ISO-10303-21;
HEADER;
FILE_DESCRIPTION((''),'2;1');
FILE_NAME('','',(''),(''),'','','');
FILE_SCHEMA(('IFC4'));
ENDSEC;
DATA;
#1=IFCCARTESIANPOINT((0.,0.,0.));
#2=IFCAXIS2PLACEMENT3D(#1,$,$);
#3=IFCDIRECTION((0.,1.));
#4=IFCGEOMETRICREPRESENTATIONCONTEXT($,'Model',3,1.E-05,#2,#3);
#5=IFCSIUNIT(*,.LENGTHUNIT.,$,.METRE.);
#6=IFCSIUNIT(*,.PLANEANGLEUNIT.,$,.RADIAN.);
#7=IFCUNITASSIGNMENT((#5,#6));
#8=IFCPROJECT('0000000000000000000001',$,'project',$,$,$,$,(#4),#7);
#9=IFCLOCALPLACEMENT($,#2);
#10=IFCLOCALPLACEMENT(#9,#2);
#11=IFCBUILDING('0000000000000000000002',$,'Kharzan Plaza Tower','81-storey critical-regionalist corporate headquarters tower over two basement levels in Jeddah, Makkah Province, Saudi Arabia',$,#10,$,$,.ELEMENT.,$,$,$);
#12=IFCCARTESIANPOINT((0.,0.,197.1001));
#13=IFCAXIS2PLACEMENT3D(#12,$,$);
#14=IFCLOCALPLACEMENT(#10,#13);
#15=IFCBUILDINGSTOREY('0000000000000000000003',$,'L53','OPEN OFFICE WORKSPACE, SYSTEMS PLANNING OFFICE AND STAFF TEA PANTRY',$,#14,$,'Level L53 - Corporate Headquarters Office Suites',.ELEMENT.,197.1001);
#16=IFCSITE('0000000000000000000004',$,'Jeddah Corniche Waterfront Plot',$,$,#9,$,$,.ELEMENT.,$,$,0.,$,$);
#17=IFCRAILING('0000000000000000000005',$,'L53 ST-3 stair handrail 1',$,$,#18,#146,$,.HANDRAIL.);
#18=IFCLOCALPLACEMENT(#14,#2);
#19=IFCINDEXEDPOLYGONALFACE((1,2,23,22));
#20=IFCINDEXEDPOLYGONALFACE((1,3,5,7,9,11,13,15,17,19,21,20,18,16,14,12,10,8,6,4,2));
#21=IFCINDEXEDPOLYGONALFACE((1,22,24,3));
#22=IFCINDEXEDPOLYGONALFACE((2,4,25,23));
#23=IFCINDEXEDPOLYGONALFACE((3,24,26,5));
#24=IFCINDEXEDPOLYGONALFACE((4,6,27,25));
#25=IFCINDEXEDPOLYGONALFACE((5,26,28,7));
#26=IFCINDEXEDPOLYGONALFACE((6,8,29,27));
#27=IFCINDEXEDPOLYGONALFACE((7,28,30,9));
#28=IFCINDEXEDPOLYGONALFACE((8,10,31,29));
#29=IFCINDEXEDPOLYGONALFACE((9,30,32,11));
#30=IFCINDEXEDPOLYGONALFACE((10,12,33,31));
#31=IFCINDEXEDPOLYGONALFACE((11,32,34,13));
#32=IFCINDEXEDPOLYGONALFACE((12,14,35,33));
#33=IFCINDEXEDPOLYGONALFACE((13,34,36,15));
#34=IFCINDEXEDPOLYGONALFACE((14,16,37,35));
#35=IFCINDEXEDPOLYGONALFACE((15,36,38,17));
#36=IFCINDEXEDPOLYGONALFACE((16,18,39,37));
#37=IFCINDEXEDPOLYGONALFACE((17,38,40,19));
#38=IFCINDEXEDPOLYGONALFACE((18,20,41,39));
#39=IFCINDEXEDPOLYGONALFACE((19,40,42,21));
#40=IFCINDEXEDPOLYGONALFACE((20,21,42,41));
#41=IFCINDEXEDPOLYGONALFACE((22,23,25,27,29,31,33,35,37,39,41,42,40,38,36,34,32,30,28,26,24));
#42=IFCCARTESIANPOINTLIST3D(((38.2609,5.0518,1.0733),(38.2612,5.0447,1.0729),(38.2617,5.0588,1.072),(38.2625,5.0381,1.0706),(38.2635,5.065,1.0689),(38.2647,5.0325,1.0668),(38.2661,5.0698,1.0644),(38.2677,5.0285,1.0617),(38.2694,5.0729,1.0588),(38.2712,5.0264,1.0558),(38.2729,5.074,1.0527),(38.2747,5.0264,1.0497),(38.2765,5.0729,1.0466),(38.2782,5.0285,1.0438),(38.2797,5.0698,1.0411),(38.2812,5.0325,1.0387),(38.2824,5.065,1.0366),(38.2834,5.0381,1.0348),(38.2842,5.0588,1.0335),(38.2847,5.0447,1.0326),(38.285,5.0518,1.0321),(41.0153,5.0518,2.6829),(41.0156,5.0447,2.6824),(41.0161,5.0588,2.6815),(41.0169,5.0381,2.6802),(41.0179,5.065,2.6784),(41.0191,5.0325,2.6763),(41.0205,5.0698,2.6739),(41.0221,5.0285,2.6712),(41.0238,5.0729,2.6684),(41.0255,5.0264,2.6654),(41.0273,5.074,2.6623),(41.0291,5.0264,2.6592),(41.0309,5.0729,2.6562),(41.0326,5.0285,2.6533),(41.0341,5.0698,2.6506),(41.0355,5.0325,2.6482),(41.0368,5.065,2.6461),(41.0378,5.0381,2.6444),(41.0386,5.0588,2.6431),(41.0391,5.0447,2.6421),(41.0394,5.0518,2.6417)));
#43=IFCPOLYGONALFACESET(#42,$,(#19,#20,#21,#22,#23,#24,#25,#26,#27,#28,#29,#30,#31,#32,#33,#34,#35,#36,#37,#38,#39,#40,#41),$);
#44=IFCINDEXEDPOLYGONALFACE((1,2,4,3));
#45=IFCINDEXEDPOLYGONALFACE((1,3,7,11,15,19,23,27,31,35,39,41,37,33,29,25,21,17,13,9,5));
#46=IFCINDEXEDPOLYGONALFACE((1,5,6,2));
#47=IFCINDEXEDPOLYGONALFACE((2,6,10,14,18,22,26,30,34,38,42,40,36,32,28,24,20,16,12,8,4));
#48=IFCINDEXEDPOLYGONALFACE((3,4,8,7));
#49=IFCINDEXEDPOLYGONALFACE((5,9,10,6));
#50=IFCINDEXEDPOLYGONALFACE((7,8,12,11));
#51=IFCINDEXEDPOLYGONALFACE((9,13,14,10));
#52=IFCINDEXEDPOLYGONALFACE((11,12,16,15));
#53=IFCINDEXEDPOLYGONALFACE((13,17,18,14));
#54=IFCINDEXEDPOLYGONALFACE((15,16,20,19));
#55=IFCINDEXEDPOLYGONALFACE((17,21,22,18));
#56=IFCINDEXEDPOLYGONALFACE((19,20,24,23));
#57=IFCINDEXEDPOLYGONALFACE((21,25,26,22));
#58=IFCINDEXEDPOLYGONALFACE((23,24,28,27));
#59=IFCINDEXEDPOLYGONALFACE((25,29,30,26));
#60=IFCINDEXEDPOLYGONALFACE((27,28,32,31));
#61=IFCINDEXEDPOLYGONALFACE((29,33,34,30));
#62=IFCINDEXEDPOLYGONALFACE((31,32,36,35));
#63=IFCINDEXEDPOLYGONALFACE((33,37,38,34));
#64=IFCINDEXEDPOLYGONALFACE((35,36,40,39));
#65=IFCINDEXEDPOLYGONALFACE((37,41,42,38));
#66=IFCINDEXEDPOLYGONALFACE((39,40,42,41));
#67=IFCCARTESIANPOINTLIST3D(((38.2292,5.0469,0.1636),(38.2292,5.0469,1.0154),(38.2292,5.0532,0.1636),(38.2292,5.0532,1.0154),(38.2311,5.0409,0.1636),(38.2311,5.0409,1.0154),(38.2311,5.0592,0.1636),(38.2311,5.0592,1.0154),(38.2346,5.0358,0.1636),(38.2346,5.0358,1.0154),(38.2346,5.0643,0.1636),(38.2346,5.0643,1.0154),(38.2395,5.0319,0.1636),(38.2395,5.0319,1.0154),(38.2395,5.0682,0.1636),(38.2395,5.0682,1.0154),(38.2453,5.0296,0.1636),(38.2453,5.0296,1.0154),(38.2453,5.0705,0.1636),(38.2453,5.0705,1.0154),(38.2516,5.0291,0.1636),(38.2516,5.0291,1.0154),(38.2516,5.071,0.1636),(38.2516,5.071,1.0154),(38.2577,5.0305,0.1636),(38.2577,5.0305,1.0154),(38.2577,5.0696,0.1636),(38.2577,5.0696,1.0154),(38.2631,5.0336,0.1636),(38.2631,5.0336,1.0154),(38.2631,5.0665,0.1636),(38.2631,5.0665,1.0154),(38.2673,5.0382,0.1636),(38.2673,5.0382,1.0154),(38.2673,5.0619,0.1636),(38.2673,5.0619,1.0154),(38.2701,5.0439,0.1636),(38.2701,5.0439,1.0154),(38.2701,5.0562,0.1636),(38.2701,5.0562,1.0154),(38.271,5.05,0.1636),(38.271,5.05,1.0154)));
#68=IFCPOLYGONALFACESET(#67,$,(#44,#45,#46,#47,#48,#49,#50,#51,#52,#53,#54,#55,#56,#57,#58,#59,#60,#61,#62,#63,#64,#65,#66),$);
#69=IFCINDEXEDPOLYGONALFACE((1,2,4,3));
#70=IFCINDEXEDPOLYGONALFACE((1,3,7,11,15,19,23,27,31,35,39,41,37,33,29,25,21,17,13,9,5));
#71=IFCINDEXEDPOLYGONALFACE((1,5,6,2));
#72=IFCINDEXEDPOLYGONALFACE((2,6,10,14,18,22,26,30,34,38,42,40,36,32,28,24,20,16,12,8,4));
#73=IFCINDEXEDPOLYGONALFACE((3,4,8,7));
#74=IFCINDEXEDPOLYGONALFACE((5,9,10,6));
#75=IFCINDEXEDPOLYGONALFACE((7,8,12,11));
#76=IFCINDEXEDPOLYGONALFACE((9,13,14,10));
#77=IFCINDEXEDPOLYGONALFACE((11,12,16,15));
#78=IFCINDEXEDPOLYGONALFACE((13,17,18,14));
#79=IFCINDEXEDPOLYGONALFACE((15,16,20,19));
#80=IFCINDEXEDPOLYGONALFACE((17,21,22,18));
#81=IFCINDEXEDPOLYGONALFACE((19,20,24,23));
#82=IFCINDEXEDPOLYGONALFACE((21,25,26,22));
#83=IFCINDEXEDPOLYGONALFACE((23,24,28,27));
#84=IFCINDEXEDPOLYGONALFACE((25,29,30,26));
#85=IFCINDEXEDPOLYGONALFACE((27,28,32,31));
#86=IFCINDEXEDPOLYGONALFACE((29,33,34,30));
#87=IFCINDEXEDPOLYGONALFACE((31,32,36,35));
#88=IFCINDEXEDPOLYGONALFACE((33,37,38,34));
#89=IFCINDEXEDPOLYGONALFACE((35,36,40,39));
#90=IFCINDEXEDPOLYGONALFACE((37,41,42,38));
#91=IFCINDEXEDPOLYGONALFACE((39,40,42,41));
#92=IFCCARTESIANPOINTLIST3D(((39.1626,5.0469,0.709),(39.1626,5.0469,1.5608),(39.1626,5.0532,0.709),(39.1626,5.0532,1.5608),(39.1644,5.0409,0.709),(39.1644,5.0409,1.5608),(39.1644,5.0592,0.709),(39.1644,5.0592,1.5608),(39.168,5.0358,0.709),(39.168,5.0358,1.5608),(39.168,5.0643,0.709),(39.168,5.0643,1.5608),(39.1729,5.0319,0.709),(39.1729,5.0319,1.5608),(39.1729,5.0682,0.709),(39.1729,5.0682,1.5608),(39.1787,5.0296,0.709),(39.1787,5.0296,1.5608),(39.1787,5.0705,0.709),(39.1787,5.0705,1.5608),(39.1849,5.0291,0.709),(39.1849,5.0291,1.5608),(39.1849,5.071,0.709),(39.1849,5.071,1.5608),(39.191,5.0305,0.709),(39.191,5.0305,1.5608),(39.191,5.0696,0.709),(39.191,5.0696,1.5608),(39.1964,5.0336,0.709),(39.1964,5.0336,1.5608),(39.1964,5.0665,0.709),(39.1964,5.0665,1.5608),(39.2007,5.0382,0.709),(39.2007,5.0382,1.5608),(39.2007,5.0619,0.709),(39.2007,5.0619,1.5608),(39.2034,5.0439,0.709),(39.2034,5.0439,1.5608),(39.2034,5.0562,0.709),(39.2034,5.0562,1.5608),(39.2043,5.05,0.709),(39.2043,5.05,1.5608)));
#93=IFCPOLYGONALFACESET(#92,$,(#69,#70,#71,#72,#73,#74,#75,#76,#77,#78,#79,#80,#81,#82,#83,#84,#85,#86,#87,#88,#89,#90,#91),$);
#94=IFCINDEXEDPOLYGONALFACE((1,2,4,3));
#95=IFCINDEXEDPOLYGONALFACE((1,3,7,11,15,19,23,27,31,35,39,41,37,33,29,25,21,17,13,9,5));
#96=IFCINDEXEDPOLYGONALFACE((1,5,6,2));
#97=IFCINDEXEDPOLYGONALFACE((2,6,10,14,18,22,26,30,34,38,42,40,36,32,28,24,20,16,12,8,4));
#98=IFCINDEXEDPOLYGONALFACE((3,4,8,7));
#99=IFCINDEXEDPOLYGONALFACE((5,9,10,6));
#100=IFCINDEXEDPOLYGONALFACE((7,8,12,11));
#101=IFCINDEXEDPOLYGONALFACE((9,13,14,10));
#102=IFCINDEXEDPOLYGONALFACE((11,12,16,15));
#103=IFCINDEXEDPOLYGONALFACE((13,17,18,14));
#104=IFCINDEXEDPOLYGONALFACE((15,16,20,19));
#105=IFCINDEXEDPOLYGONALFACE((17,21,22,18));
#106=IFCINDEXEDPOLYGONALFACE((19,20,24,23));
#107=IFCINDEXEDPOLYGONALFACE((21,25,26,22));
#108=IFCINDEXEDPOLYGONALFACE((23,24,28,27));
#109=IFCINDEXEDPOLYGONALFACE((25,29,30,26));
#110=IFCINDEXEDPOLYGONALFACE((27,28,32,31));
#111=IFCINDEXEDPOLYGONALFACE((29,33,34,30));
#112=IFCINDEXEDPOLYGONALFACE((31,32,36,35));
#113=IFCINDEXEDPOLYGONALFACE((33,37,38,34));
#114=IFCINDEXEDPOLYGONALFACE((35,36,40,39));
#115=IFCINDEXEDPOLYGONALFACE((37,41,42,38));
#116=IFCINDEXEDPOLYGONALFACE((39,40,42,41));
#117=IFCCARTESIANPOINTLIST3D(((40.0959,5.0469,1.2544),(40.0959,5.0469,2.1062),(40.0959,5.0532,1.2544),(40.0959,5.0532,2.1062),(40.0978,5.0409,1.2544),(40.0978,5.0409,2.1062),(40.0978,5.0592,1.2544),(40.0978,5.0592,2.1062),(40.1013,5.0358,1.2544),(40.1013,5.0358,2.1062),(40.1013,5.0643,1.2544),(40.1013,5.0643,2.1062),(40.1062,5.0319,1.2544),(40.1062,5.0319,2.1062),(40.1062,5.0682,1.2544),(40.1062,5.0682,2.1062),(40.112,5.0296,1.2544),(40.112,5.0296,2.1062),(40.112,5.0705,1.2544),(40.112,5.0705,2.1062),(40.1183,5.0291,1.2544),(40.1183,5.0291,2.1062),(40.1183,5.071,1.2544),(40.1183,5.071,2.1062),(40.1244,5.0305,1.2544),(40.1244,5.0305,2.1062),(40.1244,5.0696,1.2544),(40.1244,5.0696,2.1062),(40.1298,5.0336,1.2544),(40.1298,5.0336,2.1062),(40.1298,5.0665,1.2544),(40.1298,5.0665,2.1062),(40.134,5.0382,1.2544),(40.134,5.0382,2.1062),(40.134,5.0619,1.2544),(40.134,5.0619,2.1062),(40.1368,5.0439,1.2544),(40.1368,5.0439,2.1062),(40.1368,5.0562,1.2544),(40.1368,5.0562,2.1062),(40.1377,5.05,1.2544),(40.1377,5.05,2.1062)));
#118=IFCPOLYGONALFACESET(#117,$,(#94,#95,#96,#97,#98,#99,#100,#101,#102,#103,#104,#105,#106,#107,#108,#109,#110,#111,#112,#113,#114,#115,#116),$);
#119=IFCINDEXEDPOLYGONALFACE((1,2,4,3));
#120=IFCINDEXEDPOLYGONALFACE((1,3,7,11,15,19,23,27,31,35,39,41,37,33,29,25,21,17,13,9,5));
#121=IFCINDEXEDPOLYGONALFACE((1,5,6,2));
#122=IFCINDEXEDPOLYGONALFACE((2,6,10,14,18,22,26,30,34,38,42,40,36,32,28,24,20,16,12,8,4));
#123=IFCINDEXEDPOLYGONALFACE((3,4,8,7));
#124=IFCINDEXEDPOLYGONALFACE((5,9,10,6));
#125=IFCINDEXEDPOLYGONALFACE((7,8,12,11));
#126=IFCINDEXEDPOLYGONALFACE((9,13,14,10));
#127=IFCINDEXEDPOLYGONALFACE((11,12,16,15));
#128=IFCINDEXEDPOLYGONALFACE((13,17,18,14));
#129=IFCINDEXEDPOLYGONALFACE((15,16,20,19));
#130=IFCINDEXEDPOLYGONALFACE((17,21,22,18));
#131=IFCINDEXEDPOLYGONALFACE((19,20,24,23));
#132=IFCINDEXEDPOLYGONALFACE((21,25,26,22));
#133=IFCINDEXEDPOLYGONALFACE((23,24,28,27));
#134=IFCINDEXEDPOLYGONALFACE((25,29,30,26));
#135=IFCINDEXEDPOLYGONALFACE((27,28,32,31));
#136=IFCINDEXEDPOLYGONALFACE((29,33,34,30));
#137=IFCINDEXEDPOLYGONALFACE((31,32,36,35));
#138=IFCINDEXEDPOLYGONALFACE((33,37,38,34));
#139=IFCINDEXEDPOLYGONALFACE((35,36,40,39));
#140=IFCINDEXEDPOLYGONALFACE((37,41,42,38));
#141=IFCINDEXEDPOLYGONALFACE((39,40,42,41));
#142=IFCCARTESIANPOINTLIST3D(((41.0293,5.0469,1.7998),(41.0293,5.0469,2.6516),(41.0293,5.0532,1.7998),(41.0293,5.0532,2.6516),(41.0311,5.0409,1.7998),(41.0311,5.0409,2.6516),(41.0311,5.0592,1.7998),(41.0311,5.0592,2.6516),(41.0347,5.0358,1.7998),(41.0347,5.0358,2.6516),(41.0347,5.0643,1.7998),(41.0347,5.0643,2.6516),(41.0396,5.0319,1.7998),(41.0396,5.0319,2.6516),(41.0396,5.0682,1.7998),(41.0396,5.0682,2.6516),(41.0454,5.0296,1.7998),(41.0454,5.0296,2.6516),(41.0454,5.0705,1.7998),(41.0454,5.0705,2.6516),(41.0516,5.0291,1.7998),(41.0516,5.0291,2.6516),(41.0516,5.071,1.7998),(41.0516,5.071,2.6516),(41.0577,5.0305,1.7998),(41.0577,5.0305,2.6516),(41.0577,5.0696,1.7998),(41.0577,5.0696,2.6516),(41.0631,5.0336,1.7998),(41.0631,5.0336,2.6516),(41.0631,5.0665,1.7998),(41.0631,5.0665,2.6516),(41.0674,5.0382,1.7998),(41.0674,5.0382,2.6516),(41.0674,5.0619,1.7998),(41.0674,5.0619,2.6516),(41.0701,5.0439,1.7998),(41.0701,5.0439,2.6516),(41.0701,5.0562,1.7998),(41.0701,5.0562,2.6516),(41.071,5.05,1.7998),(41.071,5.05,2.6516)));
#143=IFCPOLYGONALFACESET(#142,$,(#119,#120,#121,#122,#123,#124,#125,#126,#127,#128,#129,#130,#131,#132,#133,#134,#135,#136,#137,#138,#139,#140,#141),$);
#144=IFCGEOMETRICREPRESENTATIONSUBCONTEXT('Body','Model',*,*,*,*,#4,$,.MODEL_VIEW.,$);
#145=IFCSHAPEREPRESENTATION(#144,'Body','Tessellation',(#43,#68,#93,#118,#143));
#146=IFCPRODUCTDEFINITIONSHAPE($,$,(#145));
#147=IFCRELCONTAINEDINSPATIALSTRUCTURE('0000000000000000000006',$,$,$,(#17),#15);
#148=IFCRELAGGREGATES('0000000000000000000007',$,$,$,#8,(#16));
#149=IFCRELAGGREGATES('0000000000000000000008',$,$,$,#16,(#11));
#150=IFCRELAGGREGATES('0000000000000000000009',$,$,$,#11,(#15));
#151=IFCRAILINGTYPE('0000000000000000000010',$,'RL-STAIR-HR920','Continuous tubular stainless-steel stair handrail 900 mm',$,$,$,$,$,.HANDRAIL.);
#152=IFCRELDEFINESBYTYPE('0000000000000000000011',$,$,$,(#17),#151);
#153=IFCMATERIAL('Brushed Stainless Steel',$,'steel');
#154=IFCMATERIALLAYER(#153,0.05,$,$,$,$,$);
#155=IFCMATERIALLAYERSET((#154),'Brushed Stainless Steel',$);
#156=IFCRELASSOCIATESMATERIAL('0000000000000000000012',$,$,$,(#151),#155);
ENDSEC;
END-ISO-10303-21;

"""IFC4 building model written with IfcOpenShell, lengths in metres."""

from ifc_helpers import new_model, si_unit, direction, frame, origin, origin_2d, place, context, subcontext, project, spatial, circle, extrude, source, transform, mapped, material, layer, layer_set, type_object, element, save


model = new_model("IFC4")

# Units and contexts
model_context = context("Model", 3, precision=1e-05, world=origin(), true_north=direction((0.0, 1.0)))
body_context = subcontext(model_context, "Body", "Model", "MODEL_VIEW")
ifc_project = project(units=[si_unit("LENGTHUNIT", "METRE"), si_unit("PLANEANGLEUNIT", "RADIAN")], contexts=[model_context])

# Site, building, storey
site_placement = place(None, origin())
site = spatial("IfcSite", under=ifc_project, at=site_placement, Name="Jeddah Corniche Waterfront Plot", CompositionType="ELEMENT", RefElevation=0.0)
building_placement = place(site_placement, origin())
building = spatial("IfcBuilding", under=site, at=building_placement, Name="Kharzan Plaza Tower", Description="81-storey critical-regionalist corporate headquarters tower over two basement levels in Jeddah, Makkah Province, Saudi Arabia", CompositionType="ELEMENT")
storey_placement = place(building_placement, frame((0.0, 0.0, 197.1001)))
storey = spatial("IfcBuildingStorey", under=building, at=storey_placement, Name="L53", Description="OPEN OFFICE WORKSPACE, SYSTEMS PLANNING OFFICE AND STAFF TEA PANTRY", LongName="Level L53 - Corporate Headquarters Office Suites", CompositionType="ELEMENT", Elevation=197.1001)

# Railing
ifc_material_1 = material(Name="Brushed Stainless Steel", Category="steel")
ifc_layer_1 = layer(ifc_material_1, 0.05)
ifc_layer_set_1 = layer_set([ifc_layer_1], Name="Brushed Stainless Steel")
railing_type_1 = type_object("IfcRailingType", Name="RL-STAIR-HR920", Description="Continuous tubular stainless-steel stair handrail 900 mm", PredefinedType="HANDRAIL", material=ifc_layer_set_1)
shared_shape_1 = source(origin(), body_context, "Body", "SweptSolid", [
    extrude(circle(Radius=0.0239, at=origin_2d()), frame((0.0229, 0.0, 0.8892), z_axis=(0.863394, 0.0, 0.504531), x_axis=(0.0, 1.0, 0.0)), (0.0, 0.0, 1.0), 3.1902),
    extrude(circle(Radius=0.021, at=origin_2d()), origin(), (0.0, 0.0, 1.0), 0.8518),
    extrude(circle(Radius=0.021, at=origin_2d()), frame((0.9333, 0.0, 0.5454)), (0.0, 0.0, 1.0), 0.8518),
    extrude(circle(Radius=0.021, at=origin_2d()), frame((1.8667, 0.0, 1.0908)), (0.0, 0.0, 1.0), 0.8518),
    extrude(circle(Radius=0.021, at=origin_2d()), frame((2.8, 0.0, 1.6362)), (0.0, 0.0, 1.0), 0.8518),
])
railing_1_placement = place(storey_placement, frame((38.25, 5.05, 0.1636)))
element("IfcRailing", 1, at=railing_1_placement, inside=storey, type_object=railing_type_1, Name="L53 ST-3 stair handrail 1", PredefinedType="HANDRAIL", context=body_context, shape_type="MappedRepresentation", body=[
    mapped(shared_shape_1, transform((0.0, 0.0, 0.0), x_axis=(1.0, 0.0, 0.0), y_axis=(0.0, 1.0, 0.0), z_axis=(0.0, 0.0, 1.0))),
])

save(model, "model.ifc")
